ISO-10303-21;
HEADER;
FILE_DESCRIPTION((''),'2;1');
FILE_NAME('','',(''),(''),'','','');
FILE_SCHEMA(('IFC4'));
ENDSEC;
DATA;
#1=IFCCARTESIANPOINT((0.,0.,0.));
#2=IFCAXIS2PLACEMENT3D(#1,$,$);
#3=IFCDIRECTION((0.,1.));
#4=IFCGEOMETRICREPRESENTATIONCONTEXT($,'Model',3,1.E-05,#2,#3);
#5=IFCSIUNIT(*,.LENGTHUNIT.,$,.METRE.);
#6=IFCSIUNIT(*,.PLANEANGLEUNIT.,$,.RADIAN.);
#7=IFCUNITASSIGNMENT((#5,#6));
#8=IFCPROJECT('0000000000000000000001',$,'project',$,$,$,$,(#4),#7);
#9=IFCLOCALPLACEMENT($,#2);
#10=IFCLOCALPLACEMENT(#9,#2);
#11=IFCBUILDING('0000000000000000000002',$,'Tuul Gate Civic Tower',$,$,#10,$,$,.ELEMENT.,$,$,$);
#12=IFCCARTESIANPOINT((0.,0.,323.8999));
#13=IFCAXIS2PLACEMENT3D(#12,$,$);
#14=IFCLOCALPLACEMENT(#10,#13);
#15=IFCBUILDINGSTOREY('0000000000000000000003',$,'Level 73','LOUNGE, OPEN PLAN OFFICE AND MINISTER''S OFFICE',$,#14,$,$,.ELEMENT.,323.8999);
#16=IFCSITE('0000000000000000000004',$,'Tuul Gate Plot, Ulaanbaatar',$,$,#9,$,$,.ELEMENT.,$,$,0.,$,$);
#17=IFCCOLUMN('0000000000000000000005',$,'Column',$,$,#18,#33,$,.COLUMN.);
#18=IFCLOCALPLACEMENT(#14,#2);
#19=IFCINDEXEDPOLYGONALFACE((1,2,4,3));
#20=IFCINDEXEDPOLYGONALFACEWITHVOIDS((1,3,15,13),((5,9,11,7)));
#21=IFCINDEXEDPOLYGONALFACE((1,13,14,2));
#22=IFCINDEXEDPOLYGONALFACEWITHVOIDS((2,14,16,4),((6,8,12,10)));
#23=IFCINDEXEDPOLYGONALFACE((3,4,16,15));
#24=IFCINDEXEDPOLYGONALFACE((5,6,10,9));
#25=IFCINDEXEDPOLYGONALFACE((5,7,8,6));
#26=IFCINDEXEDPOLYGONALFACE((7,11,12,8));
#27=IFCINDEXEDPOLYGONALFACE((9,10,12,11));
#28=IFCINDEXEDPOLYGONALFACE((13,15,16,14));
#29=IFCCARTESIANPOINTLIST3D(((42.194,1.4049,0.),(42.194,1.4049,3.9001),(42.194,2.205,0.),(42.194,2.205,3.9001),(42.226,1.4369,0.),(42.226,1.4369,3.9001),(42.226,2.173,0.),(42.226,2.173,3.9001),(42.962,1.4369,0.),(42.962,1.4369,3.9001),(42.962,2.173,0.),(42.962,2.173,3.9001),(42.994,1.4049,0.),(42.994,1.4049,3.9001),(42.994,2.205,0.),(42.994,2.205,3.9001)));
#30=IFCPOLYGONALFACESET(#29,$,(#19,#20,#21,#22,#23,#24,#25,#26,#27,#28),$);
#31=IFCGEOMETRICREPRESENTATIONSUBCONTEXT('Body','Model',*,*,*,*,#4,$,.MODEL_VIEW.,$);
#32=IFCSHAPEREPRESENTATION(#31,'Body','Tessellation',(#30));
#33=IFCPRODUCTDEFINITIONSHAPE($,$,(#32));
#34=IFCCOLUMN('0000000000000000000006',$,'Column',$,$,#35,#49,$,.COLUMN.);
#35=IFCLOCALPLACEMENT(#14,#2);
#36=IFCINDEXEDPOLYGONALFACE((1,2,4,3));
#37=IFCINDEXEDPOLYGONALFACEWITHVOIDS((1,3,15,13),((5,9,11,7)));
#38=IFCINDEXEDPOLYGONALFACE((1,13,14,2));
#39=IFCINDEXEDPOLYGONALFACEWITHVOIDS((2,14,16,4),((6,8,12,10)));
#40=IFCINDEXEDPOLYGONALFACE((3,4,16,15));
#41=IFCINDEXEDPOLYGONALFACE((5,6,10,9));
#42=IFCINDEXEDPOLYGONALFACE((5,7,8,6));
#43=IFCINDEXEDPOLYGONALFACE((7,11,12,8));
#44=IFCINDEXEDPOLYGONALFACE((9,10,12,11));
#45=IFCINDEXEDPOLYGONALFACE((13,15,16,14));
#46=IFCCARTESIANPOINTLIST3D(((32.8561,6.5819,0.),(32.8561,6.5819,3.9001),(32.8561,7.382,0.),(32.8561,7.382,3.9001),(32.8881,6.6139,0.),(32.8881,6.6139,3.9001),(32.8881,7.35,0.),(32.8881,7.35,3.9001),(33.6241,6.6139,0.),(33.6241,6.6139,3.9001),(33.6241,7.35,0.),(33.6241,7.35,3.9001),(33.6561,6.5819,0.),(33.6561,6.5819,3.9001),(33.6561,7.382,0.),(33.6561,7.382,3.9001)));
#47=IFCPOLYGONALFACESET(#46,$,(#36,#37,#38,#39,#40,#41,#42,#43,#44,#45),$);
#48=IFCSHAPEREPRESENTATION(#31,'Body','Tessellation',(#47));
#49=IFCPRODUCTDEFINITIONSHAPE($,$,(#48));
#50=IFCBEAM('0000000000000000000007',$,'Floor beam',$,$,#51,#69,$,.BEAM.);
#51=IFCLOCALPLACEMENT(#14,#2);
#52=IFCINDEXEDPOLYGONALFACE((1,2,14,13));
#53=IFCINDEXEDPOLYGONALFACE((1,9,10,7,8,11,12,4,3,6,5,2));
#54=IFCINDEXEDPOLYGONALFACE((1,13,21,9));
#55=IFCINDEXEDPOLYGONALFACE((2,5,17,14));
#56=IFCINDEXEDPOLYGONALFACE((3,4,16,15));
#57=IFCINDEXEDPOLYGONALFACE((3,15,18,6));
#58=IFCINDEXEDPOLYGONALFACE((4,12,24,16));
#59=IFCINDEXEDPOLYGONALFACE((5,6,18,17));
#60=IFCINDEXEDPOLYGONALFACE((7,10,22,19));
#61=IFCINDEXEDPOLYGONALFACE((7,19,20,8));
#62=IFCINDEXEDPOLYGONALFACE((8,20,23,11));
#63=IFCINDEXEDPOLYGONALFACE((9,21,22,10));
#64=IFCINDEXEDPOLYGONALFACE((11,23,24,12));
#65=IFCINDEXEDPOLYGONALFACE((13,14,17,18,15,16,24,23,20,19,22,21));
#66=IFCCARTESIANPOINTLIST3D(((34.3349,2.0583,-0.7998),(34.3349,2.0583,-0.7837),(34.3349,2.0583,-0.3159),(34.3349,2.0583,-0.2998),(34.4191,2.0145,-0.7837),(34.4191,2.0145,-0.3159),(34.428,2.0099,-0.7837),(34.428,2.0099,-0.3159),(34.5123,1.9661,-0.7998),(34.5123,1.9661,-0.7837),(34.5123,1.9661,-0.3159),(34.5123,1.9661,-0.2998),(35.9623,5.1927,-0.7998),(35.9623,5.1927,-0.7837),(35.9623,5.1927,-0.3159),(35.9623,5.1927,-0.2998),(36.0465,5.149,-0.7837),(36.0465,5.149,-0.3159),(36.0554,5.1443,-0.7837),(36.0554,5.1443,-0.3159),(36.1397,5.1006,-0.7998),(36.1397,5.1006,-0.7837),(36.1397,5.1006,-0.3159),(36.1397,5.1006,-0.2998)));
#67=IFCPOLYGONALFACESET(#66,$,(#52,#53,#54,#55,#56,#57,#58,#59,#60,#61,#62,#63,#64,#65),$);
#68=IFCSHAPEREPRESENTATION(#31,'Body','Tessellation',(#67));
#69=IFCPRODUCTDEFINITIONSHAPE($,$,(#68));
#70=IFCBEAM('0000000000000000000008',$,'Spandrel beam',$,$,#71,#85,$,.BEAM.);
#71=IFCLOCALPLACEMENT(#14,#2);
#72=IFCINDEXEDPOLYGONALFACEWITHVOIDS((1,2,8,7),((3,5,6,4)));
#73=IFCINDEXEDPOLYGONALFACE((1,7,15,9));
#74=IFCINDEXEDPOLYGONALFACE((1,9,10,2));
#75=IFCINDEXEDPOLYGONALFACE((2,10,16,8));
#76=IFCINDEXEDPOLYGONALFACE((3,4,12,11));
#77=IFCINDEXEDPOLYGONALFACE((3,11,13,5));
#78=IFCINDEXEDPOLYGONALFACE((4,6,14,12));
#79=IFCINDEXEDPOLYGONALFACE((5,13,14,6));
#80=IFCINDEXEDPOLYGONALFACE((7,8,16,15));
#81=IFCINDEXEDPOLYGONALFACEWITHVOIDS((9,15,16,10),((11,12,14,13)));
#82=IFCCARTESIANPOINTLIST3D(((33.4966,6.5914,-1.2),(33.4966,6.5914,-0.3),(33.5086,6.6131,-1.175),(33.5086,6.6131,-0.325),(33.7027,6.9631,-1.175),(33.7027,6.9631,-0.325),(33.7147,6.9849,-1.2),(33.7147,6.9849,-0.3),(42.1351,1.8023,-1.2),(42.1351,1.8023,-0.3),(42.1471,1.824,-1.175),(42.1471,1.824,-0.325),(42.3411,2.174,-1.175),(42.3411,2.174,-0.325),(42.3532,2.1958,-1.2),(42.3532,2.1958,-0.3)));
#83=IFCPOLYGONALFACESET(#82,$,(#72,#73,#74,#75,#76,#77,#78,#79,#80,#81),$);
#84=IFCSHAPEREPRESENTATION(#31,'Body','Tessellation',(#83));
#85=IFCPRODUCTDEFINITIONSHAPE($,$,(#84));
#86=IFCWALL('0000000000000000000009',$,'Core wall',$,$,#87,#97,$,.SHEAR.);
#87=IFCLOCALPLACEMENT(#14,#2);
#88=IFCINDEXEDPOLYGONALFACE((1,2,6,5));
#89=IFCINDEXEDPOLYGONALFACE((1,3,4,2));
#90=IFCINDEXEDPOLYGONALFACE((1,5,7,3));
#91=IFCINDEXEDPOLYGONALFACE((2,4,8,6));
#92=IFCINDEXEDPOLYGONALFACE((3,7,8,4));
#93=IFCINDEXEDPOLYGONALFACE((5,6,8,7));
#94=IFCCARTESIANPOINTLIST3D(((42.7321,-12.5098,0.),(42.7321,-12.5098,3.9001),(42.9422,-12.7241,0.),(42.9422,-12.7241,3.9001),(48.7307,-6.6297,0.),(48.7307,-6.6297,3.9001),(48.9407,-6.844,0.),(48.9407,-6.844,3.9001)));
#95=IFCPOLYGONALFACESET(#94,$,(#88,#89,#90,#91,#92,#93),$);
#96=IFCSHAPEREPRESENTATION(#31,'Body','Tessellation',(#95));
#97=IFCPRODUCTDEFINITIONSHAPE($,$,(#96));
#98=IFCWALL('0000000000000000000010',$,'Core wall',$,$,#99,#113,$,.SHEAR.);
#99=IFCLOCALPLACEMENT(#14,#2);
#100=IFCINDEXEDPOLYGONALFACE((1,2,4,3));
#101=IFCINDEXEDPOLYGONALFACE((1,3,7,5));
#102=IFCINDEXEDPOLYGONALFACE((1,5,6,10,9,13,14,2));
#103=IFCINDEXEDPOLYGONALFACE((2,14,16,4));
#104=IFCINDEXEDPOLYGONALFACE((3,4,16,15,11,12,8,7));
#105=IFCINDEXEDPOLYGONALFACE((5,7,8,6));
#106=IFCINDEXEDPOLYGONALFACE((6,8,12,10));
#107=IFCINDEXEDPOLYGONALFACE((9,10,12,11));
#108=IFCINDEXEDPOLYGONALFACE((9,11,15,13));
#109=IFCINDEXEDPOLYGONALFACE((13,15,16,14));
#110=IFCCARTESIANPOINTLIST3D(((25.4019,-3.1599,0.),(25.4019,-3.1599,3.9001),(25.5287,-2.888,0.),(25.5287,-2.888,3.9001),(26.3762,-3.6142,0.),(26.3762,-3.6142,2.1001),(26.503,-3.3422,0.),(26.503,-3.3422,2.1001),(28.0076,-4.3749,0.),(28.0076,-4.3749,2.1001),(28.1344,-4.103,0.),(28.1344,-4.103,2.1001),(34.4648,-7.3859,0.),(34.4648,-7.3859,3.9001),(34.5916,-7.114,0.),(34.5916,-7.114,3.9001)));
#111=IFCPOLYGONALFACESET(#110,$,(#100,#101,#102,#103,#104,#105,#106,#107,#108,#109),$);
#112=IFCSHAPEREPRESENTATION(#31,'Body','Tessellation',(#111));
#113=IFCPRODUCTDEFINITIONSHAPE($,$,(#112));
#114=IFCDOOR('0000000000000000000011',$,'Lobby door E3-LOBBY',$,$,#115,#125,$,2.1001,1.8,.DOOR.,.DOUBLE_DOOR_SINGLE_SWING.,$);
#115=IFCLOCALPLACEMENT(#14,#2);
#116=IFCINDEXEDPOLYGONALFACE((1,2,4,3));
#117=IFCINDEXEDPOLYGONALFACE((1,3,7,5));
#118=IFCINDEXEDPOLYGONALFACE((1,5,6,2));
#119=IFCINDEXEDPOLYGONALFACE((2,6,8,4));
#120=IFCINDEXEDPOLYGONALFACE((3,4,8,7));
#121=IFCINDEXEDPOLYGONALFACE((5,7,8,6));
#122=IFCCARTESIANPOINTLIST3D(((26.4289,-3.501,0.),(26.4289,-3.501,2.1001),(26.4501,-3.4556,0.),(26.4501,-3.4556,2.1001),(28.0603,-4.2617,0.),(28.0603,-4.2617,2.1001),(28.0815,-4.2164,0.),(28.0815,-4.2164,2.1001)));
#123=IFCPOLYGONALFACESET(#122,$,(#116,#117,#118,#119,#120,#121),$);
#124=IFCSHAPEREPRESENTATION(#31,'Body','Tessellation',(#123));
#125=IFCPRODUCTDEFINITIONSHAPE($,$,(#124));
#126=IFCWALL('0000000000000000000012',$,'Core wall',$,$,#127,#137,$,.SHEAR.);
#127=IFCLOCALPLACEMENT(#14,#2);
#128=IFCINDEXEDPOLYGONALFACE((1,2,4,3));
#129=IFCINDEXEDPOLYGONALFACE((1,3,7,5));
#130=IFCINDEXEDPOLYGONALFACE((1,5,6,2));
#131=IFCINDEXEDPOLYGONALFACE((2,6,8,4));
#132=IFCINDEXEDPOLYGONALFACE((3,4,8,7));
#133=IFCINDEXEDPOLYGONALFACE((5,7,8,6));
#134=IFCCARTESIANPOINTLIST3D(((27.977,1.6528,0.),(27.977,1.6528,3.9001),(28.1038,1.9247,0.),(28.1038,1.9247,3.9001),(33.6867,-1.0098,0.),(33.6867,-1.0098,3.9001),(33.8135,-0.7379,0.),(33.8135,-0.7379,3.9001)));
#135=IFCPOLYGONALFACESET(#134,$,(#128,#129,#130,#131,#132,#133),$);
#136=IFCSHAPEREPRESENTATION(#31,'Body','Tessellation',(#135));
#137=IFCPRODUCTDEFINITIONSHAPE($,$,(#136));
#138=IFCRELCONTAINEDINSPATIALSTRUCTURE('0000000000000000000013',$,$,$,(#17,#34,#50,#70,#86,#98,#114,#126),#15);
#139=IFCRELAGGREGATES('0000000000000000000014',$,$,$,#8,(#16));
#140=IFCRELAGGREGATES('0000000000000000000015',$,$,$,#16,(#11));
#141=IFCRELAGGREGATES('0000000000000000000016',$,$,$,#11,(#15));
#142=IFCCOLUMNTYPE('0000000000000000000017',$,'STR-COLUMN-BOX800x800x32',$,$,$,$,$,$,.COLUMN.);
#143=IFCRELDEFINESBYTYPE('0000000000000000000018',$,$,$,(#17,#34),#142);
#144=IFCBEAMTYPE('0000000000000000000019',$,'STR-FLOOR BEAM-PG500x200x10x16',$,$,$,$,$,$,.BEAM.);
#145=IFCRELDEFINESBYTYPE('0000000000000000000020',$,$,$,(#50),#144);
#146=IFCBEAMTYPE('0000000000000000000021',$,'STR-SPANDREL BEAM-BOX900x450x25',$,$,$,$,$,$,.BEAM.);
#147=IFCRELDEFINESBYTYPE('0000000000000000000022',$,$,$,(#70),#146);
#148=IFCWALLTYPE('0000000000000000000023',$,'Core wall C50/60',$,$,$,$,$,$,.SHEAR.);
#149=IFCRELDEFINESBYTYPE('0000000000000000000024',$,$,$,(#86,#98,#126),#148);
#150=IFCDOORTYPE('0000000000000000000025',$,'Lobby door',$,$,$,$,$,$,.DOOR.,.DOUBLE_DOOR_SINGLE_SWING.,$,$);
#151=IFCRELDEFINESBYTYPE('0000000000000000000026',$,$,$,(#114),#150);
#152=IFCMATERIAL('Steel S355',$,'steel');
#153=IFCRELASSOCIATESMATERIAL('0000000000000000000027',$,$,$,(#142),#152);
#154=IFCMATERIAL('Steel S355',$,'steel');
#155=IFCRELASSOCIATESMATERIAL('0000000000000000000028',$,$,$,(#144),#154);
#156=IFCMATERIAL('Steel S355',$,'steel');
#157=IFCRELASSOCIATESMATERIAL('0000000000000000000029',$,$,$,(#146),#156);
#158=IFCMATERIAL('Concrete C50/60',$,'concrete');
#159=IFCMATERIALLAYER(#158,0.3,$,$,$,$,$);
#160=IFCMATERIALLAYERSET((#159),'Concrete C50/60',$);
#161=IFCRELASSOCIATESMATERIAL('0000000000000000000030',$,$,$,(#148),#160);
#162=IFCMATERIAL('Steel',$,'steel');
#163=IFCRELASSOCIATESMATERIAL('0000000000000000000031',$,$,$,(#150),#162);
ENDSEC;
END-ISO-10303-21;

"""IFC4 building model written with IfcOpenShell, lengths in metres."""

from ifc_helpers import new_model, si_unit, direction, frame, frame_2d, origin, origin_2d, place, context, subcontext, project, spatial, rectangle, hollow_rectangle, i_section, extrude, material, layer, layer_set, material_profile, profile_set, type_object, element, fill, save


model = new_model("IFC4")

# Units and contexts
model_context = context("Model", 3, precision=1e-05, world=origin(), true_north=direction((0.0, 1.0)))
body_context = subcontext(model_context, "Body", "Model", "MODEL_VIEW")
ifc_project = project(units=[si_unit("LENGTHUNIT", "METRE"), si_unit("PLANEANGLEUNIT", "RADIAN")], contexts=[model_context])

# Site, building, storey
site_placement = place(None, origin())
site = spatial("IfcSite", under=ifc_project, at=site_placement, Name="Tuul Gate Plot, Ulaanbaatar", CompositionType="ELEMENT", RefElevation=0.0)
building_placement = place(site_placement, origin())
building = spatial("IfcBuilding", under=site, at=building_placement, Name="Tuul Gate Civic Tower", CompositionType="ELEMENT")
storey_placement = place(building_placement, frame((0.0, 0.0, 323.8999)))
storey = spatial("IfcBuildingStorey", under=building, at=storey_placement, Name="Level 73", Description="LOUNGE, OPEN PLAN OFFICE AND MINISTER'S OFFICE", CompositionType="ELEMENT", Elevation=323.8999)

# Columns
ifc_material_1 = material(Name="Steel S355", Category="steel")
ifc_material_profile_1 = material_profile(ifc_material_1, hollow_rectangle(XDim=0.8, YDim=0.8, WallThickness=0.032, at=origin_2d()), Name="BOX800x800x32")
ifc_profile_set_1 = profile_set([ifc_material_profile_1], Name="Steel S355")
column_type = type_object("IfcColumnType", Name="STR-COLUMN-BOX800x800x32", PredefinedType="COLUMN", material=ifc_profile_set_1)
for number, where, z_axis, x_axis, name in (
    (1, (42.594, 1.8049, 0.0), (0.0, 0.0, 1.0), (1.0, 0.0, 0.0), "Column"),
    (2, (33.2561, 6.9819, 0.0), (0.0, 0.0, 1.0), (1.0, 0.0, 0.0), "Column"),
):
    element("IfcColumn", number, at=place(storey_placement, frame(where, z_axis=z_axis, x_axis=x_axis)), inside=storey, type_object=column_type, Name=name, PredefinedType="COLUMN", context=body_context, shape_type="SweptSolid", body=[
        extrude(hollow_rectangle(XDim=0.8, YDim=0.8, WallThickness=0.032, at=origin_2d()), origin(), (0.0, 0.0, 1.0), 3.9001),
    ])

# Beams
ifc_material_2 = material(Name="Steel S355", Category="steel")
ifc_material_profile_2 = material_profile(ifc_material_2, i_section(OverallWidth=0.2, OverallDepth=0.5, WebThickness=0.01, FlangeThickness=0.0161, at=origin_2d()), Name="PG500x200x10x16")
ifc_profile_set_2 = profile_set([ifc_material_profile_2], Name="Steel S355")
beam_type_1 = type_object("IfcBeamType", Name="STR-FLOOR BEAM-PG500x200x10x16", PredefinedType="BEAM", material=ifc_profile_set_2)
beam_1_placement = place(storey_placement, frame((34.4236, 2.0122, -0.5498), z_axis=(0.460793, 0.887507, 0.0), x_axis=(-0.887507, 0.460793, 0.0)))
element("IfcBeam", 3, at=beam_1_placement, inside=storey, type_object=beam_type_1, Name="Floor beam", PredefinedType="BEAM", context=body_context, shape_type="SweptSolid", body=[
    extrude(i_section(OverallWidth=0.2, OverallDepth=0.5, WebThickness=0.01, FlangeThickness=0.0161, at=origin_2d()), origin(), (0.0, 0.0, 1.0), 3.5317),
])
ifc_material_3 = material(Name="Steel S355", Category="steel")
ifc_material_profile_3 = material_profile(ifc_material_3, hollow_rectangle(XDim=0.45, YDim=0.8999, WallThickness=0.0249, at=origin_2d()), Name="BOX900x450x25")
ifc_profile_set_3 = profile_set([ifc_material_profile_3], Name="Steel S355")
beam_type_2 = type_object("IfcBeamType", Name="STR-SPANDREL BEAM-BOX900x450x25", PredefinedType="BEAM", material=ifc_profile_set_3)
beam_2_placement = place(storey_placement, frame((42.2441, 1.999, -0.75), z_axis=(-0.874589, 0.484864, 0.0), x_axis=(-0.484864, -0.874589, 0.0)))
element("IfcBeam", 4, at=beam_2_placement, inside=storey, type_object=beam_type_2, Name="Spandrel beam", PredefinedType="BEAM", context=body_context, shape_type="SweptSolid", body=[
    extrude(hollow_rectangle(XDim=0.45, YDim=0.8999, WallThickness=0.0249, at=origin_2d()), origin(), (0.0, 0.0, 1.0), 9.8772),
])

# Wall
ifc_material_4 = material(Name="Concrete C50/60", Category="concrete")
ifc_layer_1 = layer(ifc_material_4, 0.3)
ifc_layer_set_1 = layer_set([ifc_layer_1], Name="Concrete C50/60")
wall_type_1 = type_object("IfcWallType", Name="Core wall C50/60", PredefinedType="SHEAR", material=ifc_layer_set_1)
wall_1_placement = place(storey_placement, frame((42.8372, -12.6169, 0.0), z_axis=(0.0, 0.0, 1.0), x_axis=(0.71412, 0.700023, 0.0)))
element("IfcWall", 5, at=wall_1_placement, inside=storey, type_object=wall_type_1, Name="Core wall", PredefinedType="SHEAR", context=body_context, shape_type="SweptSolid", body=[
    extrude(rectangle(XDim=8.3999, YDim=0.3, at=frame_2d((4.2, 0.0))), origin(), (0.0, 0.0, 1.0), 3.9001),
])

# Wall, opening, door
wall_2_placement = place(storey_placement, frame((34.5283, -7.25, 0.0), z_axis=(0.0, 0.0, 1.0), x_axis=(-0.90631, 0.422613, 0.0)))
wall_2 = element("IfcWall", 6, at=wall_2_placement, inside=storey, type_object=wall_type_1, Name="Core wall", PredefinedType="SHEAR", context=body_context, shape_type="SweptSolid", body=[
    extrude(rectangle(XDim=9.9998, YDim=0.3, at=frame_2d((5.0, 0.0))), origin(), (0.0, 0.0, 1.0), 3.9001),
])
opening_1_placement = place(wall_2_placement, frame((7.125, 0.0, 0.0)))
opening_1 = element("IfcOpeningElement", 7, at=opening_1_placement, cuts=wall_2, PredefinedType="OPENING", context=body_context, shape_type="SweptSolid", body=[
    extrude(rectangle(XDim=1.8, YDim=2.1001, at=frame_2d((0.8999, 1.05))), frame((0.0, 0.1602, 0.0), z_axis=(0.0, -1.0, 0.0), x_axis=(1.0, 0.0, 0.0)), (0.0, 0.0, 1.0), 0.3201),
])
ifc_material_5 = material(Name="Steel", Category="steel")
door_type_1 = type_object("IfcDoorType", Name="Lobby door", OperationType="DOUBLE_DOOR_SINGLE_SWING", PredefinedType="DOOR", material=ifc_material_5)
door_1_placement = place(opening_1_placement, frame((1.8, 0.0, 0.0), z_axis=(0.0, 0.0, 1.0), x_axis=(-1.0, 0.0, 0.0)))
door_1 = element("IfcDoor", 8, at=door_1_placement, inside=storey, type_object=door_type_1, Name="Lobby door E3-LOBBY", OperationType="DOUBLE_DOOR_SINGLE_SWING", OverallHeight=2.1001, OverallWidth=1.8, PredefinedType="DOOR", context=body_context, shape_type="SweptSolid", body=[
    extrude(rectangle(XDim=1.8, YDim=2.1001, at=frame_2d((0.9001, 1.05))), frame((0.0, 0.0249, 0.0), z_axis=(0.0, -1.0, 0.0), x_axis=(1.0, 0.0, 0.0)), (0.0, 0.0, 1.0), 0.05),
])
fill(opening_1, door_1)

# Wall
wall_3_placement = place(storey_placement, frame((33.75, -0.8738, 0.0), z_axis=(0.0, 0.0, 1.0), x_axis=(-0.906301, 0.422633, 0.0)))
element("IfcWall", 9, at=wall_3_placement, inside=storey, type_object=wall_type_1, Name="Core wall", PredefinedType="SHEAR", context=body_context, shape_type="SweptSolid", body=[
    extrude(rectangle(XDim=6.3, YDim=0.3, at=frame_2d((3.1499, 0.0))), origin(), (0.0, 0.0, 1.0), 3.9001),
])

save(model, "model.ifc")
